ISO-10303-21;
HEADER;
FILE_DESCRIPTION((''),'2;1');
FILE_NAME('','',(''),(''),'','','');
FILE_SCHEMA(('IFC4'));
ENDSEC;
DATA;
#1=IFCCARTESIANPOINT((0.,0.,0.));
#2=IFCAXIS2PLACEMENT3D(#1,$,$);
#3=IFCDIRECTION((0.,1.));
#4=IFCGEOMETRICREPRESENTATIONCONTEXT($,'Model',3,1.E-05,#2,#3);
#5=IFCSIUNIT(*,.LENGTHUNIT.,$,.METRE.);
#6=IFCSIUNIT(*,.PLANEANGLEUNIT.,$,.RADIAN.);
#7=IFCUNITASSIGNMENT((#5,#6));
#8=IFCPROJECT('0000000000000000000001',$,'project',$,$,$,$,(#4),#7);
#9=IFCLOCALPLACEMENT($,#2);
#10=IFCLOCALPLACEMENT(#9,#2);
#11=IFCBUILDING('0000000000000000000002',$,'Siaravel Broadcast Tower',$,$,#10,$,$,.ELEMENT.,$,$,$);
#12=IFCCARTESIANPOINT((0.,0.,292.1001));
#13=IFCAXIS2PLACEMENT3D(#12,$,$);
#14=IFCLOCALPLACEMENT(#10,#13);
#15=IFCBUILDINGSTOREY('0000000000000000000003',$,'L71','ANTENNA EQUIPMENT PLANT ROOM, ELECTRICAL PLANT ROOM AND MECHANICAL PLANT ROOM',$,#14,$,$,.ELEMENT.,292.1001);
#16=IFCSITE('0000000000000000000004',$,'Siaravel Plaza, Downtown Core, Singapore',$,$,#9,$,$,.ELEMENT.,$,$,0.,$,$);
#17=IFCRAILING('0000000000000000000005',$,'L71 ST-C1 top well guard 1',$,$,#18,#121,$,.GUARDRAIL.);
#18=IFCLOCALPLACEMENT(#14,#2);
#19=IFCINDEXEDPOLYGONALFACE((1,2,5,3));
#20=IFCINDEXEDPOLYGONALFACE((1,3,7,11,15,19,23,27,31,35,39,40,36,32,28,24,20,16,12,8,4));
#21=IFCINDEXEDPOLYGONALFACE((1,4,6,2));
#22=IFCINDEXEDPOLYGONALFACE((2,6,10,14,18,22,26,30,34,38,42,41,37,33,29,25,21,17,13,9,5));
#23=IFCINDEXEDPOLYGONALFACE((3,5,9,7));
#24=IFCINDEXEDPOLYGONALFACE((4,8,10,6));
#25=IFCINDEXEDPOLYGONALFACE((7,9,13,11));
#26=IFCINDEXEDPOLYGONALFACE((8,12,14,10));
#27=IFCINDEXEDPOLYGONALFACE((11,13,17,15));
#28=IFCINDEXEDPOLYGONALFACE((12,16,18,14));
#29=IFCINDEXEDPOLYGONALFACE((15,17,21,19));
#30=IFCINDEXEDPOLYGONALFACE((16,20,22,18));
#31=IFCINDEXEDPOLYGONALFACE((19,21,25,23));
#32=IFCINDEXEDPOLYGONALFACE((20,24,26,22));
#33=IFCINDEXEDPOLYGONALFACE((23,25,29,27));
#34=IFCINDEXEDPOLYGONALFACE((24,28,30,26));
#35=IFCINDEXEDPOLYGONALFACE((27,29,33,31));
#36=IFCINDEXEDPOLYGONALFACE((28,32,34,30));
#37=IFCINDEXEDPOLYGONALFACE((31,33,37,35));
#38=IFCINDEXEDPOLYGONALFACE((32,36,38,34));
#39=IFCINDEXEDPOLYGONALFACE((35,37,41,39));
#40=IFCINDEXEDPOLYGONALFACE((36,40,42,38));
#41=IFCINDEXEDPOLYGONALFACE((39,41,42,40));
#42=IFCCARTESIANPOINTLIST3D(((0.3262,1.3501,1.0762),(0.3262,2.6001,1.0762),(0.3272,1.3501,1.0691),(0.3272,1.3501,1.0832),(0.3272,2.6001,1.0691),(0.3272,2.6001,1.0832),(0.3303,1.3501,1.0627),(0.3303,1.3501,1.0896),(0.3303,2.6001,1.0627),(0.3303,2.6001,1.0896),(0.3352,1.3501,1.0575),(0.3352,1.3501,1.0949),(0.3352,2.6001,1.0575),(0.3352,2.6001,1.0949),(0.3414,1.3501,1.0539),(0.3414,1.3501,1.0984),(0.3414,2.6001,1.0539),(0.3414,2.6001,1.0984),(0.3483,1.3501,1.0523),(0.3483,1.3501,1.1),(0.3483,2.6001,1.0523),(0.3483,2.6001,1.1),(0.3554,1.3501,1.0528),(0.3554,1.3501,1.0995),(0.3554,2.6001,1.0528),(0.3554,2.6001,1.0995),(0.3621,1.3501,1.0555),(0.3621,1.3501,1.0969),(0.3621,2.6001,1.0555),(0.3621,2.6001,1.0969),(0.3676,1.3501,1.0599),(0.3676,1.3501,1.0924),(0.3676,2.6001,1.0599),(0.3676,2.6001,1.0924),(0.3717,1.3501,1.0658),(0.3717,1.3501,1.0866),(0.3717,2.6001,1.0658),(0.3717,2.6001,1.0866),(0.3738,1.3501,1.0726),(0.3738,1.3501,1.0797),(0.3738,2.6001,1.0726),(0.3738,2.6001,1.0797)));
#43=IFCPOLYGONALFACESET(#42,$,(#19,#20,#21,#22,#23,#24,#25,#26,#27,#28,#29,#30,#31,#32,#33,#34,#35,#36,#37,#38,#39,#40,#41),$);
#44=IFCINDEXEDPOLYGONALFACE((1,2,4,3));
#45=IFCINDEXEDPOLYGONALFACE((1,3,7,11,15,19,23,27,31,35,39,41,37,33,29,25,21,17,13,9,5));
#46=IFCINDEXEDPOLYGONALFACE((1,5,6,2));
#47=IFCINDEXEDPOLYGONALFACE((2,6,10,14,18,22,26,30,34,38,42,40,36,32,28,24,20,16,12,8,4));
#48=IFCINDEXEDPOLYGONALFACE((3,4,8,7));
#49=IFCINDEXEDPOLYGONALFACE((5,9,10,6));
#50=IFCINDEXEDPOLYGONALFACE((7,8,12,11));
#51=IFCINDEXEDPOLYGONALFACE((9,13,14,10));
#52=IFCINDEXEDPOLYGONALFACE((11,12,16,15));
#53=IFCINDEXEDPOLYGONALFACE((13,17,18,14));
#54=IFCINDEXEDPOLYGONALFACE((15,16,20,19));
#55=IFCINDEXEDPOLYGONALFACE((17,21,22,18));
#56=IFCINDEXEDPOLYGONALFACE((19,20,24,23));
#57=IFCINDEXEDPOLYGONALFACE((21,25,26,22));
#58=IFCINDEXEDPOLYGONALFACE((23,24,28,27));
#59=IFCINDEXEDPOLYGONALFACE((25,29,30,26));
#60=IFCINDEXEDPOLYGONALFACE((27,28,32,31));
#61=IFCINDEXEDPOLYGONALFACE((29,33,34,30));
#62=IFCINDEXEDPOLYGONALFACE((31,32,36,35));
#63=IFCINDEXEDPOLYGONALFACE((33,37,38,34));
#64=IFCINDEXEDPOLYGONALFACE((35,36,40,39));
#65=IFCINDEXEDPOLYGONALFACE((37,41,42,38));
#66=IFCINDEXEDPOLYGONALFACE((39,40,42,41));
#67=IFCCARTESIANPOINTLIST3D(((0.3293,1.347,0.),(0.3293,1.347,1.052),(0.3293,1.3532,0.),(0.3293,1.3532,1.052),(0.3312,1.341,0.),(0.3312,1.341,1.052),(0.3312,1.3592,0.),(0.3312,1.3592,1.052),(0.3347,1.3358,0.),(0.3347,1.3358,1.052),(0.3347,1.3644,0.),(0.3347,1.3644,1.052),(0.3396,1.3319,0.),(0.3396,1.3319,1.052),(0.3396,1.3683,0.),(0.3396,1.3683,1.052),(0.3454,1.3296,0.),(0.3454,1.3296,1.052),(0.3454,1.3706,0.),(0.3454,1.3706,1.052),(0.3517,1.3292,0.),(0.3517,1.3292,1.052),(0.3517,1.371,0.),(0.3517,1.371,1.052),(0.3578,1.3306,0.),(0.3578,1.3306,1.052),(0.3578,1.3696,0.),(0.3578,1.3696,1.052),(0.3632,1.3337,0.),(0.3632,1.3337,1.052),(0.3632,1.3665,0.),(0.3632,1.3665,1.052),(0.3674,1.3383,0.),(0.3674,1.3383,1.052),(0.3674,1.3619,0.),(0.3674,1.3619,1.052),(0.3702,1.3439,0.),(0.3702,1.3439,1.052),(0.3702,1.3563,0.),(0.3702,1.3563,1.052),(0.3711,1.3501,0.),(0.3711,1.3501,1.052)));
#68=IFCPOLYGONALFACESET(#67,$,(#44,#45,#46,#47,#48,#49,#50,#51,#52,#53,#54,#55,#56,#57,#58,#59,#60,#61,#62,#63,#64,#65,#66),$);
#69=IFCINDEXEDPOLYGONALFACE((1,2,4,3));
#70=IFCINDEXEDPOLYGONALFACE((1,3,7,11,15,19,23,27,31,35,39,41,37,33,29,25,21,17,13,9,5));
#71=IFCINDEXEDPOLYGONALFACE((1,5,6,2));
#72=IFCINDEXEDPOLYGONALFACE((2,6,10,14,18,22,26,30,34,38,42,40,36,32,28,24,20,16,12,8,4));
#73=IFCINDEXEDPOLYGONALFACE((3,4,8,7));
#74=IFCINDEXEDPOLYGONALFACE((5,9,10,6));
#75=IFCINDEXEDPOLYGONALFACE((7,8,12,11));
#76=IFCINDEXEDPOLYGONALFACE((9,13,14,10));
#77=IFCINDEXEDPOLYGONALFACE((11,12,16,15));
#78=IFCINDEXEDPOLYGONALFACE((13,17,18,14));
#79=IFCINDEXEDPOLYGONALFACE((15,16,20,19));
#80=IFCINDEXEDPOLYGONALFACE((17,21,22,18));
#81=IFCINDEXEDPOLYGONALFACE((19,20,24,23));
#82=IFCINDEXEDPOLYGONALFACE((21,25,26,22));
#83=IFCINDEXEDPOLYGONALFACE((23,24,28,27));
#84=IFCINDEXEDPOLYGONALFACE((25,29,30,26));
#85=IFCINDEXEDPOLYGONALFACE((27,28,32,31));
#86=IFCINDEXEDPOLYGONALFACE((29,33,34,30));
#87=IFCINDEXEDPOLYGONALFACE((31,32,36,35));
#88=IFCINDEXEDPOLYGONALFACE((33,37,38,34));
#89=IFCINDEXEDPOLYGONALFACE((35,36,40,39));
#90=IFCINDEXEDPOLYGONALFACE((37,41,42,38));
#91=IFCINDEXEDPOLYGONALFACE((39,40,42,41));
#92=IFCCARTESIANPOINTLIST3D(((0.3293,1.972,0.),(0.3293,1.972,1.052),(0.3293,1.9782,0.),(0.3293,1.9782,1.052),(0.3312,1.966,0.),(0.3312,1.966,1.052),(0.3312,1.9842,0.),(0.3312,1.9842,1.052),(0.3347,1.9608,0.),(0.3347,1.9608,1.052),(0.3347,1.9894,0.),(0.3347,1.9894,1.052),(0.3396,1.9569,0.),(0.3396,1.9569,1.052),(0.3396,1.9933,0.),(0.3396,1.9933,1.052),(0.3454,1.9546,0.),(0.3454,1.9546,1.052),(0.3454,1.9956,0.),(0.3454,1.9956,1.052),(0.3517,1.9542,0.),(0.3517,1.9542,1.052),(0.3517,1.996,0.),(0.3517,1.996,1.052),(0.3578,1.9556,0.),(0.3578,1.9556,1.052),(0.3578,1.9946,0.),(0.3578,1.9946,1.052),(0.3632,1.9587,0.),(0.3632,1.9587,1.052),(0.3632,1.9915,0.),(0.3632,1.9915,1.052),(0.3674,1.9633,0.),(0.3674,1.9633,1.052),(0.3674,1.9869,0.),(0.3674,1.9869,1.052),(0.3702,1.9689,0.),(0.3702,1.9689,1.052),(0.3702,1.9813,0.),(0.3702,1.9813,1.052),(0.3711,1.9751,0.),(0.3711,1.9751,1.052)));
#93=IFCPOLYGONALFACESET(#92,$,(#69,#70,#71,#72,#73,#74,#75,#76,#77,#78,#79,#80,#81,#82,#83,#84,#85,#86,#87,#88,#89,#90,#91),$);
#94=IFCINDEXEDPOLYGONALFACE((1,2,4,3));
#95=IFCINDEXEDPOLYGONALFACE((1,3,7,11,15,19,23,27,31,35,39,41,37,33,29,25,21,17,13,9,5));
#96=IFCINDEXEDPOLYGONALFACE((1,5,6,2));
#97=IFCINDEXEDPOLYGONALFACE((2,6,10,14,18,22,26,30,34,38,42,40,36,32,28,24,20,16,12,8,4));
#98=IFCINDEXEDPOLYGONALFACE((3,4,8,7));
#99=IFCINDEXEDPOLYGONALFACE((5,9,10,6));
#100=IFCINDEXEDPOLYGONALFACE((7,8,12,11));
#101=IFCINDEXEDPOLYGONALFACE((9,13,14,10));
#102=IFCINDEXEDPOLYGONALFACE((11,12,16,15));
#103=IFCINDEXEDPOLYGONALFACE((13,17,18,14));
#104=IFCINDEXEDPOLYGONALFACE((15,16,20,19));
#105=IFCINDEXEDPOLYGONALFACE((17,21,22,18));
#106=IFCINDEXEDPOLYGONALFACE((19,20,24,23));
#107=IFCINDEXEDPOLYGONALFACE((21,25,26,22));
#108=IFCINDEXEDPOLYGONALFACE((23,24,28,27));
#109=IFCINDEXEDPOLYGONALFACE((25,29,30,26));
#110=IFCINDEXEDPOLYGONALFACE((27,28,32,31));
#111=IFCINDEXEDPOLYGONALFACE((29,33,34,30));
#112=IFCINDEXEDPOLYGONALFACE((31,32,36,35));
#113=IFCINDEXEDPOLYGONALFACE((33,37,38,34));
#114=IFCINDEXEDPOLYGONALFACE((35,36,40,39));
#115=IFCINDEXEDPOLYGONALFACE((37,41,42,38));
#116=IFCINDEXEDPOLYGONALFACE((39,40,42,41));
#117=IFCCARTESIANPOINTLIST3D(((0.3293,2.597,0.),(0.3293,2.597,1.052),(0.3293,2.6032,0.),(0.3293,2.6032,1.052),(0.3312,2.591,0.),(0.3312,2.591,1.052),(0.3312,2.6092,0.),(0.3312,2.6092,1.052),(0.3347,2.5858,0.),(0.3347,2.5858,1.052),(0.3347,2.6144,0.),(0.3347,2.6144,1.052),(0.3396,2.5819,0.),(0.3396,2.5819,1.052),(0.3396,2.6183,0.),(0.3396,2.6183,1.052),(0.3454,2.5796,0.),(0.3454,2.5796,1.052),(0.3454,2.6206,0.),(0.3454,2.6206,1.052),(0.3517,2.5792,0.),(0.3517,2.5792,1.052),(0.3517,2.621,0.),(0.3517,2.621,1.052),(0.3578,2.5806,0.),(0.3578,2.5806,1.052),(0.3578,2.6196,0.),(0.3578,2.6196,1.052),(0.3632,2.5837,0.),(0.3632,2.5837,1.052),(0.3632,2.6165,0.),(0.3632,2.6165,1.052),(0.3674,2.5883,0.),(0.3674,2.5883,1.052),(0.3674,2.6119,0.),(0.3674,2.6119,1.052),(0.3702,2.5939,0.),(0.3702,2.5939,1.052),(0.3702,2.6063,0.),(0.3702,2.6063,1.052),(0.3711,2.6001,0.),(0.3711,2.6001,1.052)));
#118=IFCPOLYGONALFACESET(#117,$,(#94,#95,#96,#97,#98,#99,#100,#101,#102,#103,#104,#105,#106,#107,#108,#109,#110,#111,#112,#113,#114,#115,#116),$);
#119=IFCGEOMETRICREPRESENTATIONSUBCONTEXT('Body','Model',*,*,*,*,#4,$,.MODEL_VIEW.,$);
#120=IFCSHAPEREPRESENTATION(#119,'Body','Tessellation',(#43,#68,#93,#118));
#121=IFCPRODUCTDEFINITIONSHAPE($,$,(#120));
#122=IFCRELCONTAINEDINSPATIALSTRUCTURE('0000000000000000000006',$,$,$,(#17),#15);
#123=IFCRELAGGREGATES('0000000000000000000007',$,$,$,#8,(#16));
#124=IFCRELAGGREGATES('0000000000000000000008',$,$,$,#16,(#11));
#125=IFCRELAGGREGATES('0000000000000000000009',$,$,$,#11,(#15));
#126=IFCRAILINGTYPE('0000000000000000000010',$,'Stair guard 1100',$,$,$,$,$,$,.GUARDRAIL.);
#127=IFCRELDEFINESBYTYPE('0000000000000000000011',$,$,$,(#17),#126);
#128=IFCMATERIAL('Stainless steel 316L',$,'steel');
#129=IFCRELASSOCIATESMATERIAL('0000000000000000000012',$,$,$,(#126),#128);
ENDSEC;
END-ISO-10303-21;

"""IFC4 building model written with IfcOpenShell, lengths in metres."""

from ifc_helpers import new_model, si_unit, direction, frame, origin, origin_2d, place, context, subcontext, project, spatial, circle, extrude, material, type_object, element, save


model = new_model("IFC4")

# Units and contexts
model_context = context("Model", 3, precision=1e-05, world=origin(), true_north=direction((0.0, 1.0)))
body_context = subcontext(model_context, "Body", "Model", "MODEL_VIEW")
ifc_project = project(units=[si_unit("LENGTHUNIT", "METRE"), si_unit("PLANEANGLEUNIT", "RADIAN")], contexts=[model_context])

# Site, building, storey
site_placement = place(None, origin())
site = spatial("IfcSite", under=ifc_project, at=site_placement, Name="Siaravel Plaza, Downtown Core, Singapore", CompositionType="ELEMENT", RefElevation=0.0)
building_placement = place(site_placement, origin())
building = spatial("IfcBuilding", under=site, at=building_placement, Name="Siaravel Broadcast Tower", CompositionType="ELEMENT")
storey_placement = place(building_placement, frame((0.0, 0.0, 292.1001)))
storey = spatial("IfcBuildingStorey", under=building, at=storey_placement, Name="L71", Description="ANTENNA EQUIPMENT PLANT ROOM, ELECTRICAL PLANT ROOM AND MECHANICAL PLANT ROOM", CompositionType="ELEMENT", Elevation=292.1001)

# Railing
ifc_material_1 = material(Name="Stainless steel 316L", Category="steel")
railing_type = type_object("IfcRailingType", Name="Stair guard 1100", PredefinedType="GUARDRAIL", material=ifc_material_1)
railing_placement = place(storey_placement, frame((0.3501, 1.3501, 0.0)))
element("IfcRailing", 1, at=railing_placement, inside=storey, type_object=railing_type, Name="L71 ST-C1 top well guard 1", PredefinedType="GUARDRAIL", context=body_context, shape_type="SweptSolid", body=[
    extrude(circle(Radius=0.0239, at=origin_2d()), frame((0.0, 0.0, 1.0762), z_axis=(0.0, 1.0, 0.0), x_axis=(-1.0, 0.0, 0.0)), (0.0, 0.0, 1.0), 1.25),
    extrude(circle(Radius=0.021, at=origin_2d()), origin(), (0.0, 0.0, 1.0), 1.052),
    extrude(circle(Radius=0.021, at=origin_2d()), frame((0.0, 0.625, 0.0)), (0.0, 0.0, 1.0), 1.052),
    extrude(circle(Radius=0.021, at=origin_2d()), frame((0.0, 1.25, 0.0)), (0.0, 0.0, 1.0), 1.052),
])

save(model, "model.ifc")
